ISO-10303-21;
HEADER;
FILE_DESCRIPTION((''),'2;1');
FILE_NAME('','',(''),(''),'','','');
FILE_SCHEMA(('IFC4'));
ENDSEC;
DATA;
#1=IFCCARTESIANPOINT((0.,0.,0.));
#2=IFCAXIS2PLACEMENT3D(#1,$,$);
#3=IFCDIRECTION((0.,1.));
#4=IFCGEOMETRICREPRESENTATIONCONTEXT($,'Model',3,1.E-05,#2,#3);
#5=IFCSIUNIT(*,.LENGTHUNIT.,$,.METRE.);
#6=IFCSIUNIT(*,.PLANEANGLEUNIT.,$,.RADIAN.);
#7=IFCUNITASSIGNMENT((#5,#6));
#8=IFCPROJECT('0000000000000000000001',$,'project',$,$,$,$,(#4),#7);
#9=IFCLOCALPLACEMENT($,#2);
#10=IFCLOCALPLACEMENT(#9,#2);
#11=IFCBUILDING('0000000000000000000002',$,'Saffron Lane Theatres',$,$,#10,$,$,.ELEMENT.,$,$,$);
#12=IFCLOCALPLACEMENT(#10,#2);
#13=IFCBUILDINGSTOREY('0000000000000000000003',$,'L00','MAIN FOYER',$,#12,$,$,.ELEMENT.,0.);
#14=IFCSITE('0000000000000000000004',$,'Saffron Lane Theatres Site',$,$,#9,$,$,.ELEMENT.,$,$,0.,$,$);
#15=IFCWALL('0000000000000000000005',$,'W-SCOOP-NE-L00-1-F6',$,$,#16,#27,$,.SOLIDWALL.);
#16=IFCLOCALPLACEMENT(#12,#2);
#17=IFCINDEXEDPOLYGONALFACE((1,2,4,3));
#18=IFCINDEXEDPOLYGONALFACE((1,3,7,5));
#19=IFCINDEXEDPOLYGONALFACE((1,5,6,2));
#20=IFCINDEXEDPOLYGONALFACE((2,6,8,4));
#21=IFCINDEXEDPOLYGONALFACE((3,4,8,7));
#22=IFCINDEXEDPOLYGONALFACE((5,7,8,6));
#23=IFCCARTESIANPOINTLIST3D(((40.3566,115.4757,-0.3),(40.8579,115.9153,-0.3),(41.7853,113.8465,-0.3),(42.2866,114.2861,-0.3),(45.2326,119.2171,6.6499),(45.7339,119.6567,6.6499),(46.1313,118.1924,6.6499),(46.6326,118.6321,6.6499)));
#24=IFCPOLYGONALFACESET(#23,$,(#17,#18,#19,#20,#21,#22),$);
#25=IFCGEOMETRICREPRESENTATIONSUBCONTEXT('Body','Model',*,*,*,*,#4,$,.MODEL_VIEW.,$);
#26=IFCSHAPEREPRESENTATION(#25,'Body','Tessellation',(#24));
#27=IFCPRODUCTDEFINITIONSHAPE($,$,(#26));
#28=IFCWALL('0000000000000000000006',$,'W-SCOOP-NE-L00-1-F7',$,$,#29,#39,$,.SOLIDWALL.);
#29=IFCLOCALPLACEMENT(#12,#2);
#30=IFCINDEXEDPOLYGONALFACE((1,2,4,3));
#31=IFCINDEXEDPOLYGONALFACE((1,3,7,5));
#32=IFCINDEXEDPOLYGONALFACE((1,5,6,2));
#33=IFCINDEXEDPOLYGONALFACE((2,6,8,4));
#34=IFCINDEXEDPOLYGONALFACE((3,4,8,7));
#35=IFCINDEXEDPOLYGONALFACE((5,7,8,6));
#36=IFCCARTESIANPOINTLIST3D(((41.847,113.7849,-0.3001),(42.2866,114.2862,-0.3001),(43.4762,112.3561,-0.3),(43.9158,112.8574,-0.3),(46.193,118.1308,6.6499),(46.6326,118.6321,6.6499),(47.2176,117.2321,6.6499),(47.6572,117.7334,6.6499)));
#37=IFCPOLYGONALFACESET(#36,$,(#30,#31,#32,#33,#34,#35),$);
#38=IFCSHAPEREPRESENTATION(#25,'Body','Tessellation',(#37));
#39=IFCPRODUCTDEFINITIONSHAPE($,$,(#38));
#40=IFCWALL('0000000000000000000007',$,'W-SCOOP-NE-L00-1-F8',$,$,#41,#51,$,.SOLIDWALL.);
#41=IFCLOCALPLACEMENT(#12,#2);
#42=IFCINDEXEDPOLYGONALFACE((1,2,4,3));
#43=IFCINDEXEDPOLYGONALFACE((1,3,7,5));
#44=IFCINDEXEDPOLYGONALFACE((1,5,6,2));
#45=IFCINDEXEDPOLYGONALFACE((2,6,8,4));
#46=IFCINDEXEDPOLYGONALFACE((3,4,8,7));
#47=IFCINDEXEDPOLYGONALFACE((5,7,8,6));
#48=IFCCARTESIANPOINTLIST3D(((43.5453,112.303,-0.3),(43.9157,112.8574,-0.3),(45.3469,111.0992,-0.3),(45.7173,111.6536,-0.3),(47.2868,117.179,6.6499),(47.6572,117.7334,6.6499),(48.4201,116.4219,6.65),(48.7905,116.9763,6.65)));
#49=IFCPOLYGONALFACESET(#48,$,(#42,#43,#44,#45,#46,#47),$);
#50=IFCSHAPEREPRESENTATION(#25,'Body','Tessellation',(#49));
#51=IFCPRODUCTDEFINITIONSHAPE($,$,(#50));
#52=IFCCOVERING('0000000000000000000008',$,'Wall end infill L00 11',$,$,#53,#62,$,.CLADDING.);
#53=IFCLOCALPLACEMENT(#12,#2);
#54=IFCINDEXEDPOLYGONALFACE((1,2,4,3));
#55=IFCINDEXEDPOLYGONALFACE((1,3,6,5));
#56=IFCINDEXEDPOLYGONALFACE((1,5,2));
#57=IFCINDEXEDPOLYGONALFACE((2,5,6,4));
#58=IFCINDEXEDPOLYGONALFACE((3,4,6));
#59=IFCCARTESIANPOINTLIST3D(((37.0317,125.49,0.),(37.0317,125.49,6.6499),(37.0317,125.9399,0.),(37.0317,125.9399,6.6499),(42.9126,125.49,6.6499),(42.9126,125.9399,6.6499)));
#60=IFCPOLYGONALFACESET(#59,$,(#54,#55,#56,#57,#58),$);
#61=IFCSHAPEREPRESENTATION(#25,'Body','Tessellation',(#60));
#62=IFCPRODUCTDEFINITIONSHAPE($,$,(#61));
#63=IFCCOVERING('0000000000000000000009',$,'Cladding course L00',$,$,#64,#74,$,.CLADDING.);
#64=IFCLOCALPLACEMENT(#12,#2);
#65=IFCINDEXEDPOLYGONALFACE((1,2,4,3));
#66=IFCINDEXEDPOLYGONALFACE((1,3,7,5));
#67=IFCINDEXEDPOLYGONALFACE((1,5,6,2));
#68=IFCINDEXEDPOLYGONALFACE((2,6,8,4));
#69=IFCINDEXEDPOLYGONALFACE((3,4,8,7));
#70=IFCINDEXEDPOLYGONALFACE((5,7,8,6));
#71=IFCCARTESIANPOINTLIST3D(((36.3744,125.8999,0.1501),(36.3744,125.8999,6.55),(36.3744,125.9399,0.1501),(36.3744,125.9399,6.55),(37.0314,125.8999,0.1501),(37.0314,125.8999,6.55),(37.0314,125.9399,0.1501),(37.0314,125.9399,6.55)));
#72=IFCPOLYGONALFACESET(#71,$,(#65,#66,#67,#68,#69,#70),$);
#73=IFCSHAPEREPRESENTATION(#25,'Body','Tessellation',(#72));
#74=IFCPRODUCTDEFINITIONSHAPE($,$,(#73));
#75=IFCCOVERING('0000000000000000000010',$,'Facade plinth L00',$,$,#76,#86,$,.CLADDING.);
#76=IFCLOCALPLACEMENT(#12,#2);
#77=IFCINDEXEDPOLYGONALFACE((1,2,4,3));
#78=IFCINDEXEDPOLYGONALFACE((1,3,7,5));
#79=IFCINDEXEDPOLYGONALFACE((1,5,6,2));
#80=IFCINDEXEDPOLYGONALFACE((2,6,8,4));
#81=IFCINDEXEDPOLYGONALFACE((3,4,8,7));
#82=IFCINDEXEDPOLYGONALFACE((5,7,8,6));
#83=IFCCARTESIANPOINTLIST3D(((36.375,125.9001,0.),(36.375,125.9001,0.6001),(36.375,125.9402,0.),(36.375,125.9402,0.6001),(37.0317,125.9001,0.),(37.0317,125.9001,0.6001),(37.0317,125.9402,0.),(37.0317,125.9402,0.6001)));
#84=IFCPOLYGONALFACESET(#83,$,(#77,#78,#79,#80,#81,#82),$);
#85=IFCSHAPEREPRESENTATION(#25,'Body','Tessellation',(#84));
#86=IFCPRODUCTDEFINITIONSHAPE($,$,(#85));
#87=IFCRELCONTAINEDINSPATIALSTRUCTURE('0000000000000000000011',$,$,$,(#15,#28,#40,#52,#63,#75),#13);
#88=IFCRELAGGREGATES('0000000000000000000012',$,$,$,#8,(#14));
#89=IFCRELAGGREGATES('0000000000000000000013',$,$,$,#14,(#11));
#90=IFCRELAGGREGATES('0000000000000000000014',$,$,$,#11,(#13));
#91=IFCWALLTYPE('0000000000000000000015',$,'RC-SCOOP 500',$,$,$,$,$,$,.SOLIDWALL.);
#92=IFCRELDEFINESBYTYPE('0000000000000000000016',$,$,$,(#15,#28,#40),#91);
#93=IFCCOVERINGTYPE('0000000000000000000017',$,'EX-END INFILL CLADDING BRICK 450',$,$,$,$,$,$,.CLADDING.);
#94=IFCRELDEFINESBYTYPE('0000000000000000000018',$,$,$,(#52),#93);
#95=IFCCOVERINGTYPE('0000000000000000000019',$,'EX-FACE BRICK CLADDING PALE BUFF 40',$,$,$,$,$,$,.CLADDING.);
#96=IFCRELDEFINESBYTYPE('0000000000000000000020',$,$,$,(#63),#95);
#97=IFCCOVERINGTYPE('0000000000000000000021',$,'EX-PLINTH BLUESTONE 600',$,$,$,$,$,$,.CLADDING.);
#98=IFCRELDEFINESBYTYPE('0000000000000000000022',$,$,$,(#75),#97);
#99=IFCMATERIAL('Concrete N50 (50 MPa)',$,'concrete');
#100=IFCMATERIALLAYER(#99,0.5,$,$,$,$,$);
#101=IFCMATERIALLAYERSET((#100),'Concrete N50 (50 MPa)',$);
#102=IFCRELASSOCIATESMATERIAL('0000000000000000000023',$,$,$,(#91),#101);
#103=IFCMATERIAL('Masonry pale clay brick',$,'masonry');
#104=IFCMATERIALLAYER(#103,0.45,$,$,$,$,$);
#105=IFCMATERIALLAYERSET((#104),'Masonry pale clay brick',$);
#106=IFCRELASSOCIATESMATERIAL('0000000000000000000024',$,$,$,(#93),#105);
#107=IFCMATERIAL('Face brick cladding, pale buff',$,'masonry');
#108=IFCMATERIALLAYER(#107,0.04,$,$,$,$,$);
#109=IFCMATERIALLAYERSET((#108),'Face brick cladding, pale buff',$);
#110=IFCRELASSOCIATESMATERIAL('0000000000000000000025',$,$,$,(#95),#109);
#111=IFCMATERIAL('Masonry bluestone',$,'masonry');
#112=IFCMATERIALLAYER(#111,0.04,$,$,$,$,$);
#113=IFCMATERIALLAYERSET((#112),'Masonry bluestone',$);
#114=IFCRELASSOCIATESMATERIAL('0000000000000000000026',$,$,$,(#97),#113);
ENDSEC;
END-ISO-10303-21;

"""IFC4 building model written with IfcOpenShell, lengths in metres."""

from ifc_helpers import new_model, si_unit, direction, frame, origin, origin_2d, place, context, subcontext, project, spatial, polyline, rectangle, outline, extrude, material, layer, layer_set, type_object, element, save


model = new_model("IFC4")

# Units and contexts
model_context = context("Model", 3, precision=1e-05, world=origin(), true_north=direction((0.0, 1.0)))
body_context = subcontext(model_context, "Body", "Model", "MODEL_VIEW")
ifc_project = project(units=[si_unit("LENGTHUNIT", "METRE"), si_unit("PLANEANGLEUNIT", "RADIAN")], contexts=[model_context])

# Site, building, storey
site_placement = place(None, origin())
site = spatial("IfcSite", under=ifc_project, at=site_placement, Name="Saffron Lane Theatres Site", CompositionType="ELEMENT", RefElevation=0.0)
building_placement = place(site_placement, origin())
building = spatial("IfcBuilding", under=site, at=building_placement, Name="Saffron Lane Theatres", CompositionType="ELEMENT")
storey_placement = place(building_placement, origin())
storey = spatial("IfcBuildingStorey", under=building, at=storey_placement, Name="L00", Description="MAIN FOYER", CompositionType="ELEMENT", Elevation=0.0)

# Walls
ifc_material_1 = material(Name="Concrete N50 (50 MPa)", Category="concrete")
ifc_layer_1 = layer(ifc_material_1, 0.5)
ifc_layer_set_1 = layer_set([ifc_layer_1], Name="Concrete N50 (50 MPa)")
wall_type_1 = type_object("IfcWallType", Name="RC-SCOOP 500", PredefinedType="SOLIDWALL", material=ifc_layer_set_1)
wall_1_placement = place(storey_placement, frame((42.2866, 114.2861, -0.3), z_axis=(-0.563727, -0.494389, 0.661658), x_axis=(-0.65935, 0.751836, 0.00001)))
element("IfcWall", 1, at=wall_1_placement, inside=storey, type_object=wall_type_1, Name="W-SCOOP-NE-L00-1-F6", PredefinedType="SOLIDWALL", context=body_context, shape_type="SweptSolid", body=[
    extrude(outline(polyline([(0.0, 0.0), (2.1669, 0.0), (1.7649, -9.269), (0.402, -9.269), (0.0, 0.0)])), origin(), (0.000005, 0.661658, 0.749806), 0.6667),
])
wall_2_placement = place(storey_placement, frame((43.9158, 112.8574, -0.3), z_axis=(-0.494389, -0.563727, 0.661658), x_axis=(-0.751836, 0.65935, -0.00001)))
element("IfcWall", 2, at=wall_2_placement, inside=storey, type_object=wall_type_1, Name="W-SCOOP-NE-L00-1-F7", PredefinedType="SOLIDWALL", context=body_context, shape_type="SweptSolid", body=[
    extrude(outline(polyline([(0.0, 0.0), (2.1669, 0.0), (1.7649, -9.269), (0.4019, -9.269), (0.0, 0.0)])), origin(), (-0.000005, 0.661658, 0.749806), 0.6667),
])
wall_3_placement = place(storey_placement, frame((45.7173, 111.6536, -0.3), z_axis=(-0.416561, -0.623441, 0.661663), x_axis=(-0.831461, 0.555583, 0.000029)))
element("IfcWall", 3, at=wall_3_placement, inside=storey, type_object=wall_type_1, Name="W-SCOOP-NE-L00-1-F8", PredefinedType="SOLIDWALL", context=body_context, shape_type="SweptSolid", body=[
    extrude(outline(polyline([(0.0, 0.0), (2.1667, 0.0), (1.7651, -9.269), (0.4021, -9.2691), (0.0, 0.0)])), origin(), (-0.000016, 0.661663, 0.749802), 0.6667),
])

# Coverings
ifc_material_2 = material(Name="Masonry pale clay brick", Category="masonry")
ifc_layer_2 = layer(ifc_material_2, 0.45)
ifc_layer_set_2 = layer_set([ifc_layer_2], Name="Masonry pale clay brick")
covering_type_1 = type_object("IfcCoveringType", Name="EX-END INFILL CLADDING BRICK 450", PredefinedType="CLADDING", material=ifc_layer_set_2)
covering_1_placement = place(storey_placement, frame((37.0317, 125.9399, 0.0), z_axis=(0.0, 1.0, 0.0), x_axis=(0.0, 0.0, 1.0)))
element("IfcCovering", 4, at=covering_1_placement, inside=storey, type_object=covering_type_1, Name="Wall end infill L00 11", PredefinedType="CLADDING", context=body_context, shape_type="SweptSolid", body=[
    extrude(outline(polyline([(0.0, 0.0), (6.6499, 0.0), (6.6499, 5.8809), (0.0, 0.0)])), origin(), (0.0, 0.0, -1.0), 0.45),
])
ifc_material_3 = material(Name="Face brick cladding, pale buff", Category="masonry")
ifc_layer_3 = layer(ifc_material_3, 0.04)
ifc_layer_set_3 = layer_set([ifc_layer_3], Name="Face brick cladding, pale buff")
covering_type_2 = type_object("IfcCoveringType", Name="EX-FACE BRICK CLADDING PALE BUFF 40", PredefinedType="CLADDING", material=ifc_layer_set_3)
covering_2_placement = place(storey_placement, frame((36.7029, 125.9199, 0.1501), z_axis=(0.0, 0.0, 1.0), x_axis=(1.0, 0.0, 0.0)))
element("IfcCovering", 5, at=covering_2_placement, inside=storey, type_object=covering_type_2, Name="Cladding course L00", PredefinedType="CLADDING", context=body_context, shape_type="SweptSolid", body=[
    extrude(rectangle(XDim=0.657, YDim=0.04, at=origin_2d()), origin(), (0.0, 0.0, 1.0), 6.3999),
])
ifc_material_4 = material(Name="Masonry bluestone", Category="masonry")
ifc_layer_4 = layer(ifc_material_4, 0.04)
ifc_layer_set_4 = layer_set([ifc_layer_4], Name="Masonry bluestone")
covering_type_3 = type_object("IfcCoveringType", Name="EX-PLINTH BLUESTONE 600", PredefinedType="CLADDING", material=ifc_layer_set_4)
covering_3_placement = place(storey_placement, frame((36.7034, 125.9202, 0.0), z_axis=(0.0, 0.0, 1.0), x_axis=(1.0, 0.0, 0.0)))
element("IfcCovering", 6, at=covering_3_placement, inside=storey, type_object=covering_type_3, Name="Facade plinth L00", PredefinedType="CLADDING", context=body_context, shape_type="SweptSolid", body=[
    extrude(rectangle(XDim=0.6567, YDim=0.04, at=origin_2d()), origin(), (0.0, 0.0, 1.0), 0.6001),
])

save(model, "model.ifc")
